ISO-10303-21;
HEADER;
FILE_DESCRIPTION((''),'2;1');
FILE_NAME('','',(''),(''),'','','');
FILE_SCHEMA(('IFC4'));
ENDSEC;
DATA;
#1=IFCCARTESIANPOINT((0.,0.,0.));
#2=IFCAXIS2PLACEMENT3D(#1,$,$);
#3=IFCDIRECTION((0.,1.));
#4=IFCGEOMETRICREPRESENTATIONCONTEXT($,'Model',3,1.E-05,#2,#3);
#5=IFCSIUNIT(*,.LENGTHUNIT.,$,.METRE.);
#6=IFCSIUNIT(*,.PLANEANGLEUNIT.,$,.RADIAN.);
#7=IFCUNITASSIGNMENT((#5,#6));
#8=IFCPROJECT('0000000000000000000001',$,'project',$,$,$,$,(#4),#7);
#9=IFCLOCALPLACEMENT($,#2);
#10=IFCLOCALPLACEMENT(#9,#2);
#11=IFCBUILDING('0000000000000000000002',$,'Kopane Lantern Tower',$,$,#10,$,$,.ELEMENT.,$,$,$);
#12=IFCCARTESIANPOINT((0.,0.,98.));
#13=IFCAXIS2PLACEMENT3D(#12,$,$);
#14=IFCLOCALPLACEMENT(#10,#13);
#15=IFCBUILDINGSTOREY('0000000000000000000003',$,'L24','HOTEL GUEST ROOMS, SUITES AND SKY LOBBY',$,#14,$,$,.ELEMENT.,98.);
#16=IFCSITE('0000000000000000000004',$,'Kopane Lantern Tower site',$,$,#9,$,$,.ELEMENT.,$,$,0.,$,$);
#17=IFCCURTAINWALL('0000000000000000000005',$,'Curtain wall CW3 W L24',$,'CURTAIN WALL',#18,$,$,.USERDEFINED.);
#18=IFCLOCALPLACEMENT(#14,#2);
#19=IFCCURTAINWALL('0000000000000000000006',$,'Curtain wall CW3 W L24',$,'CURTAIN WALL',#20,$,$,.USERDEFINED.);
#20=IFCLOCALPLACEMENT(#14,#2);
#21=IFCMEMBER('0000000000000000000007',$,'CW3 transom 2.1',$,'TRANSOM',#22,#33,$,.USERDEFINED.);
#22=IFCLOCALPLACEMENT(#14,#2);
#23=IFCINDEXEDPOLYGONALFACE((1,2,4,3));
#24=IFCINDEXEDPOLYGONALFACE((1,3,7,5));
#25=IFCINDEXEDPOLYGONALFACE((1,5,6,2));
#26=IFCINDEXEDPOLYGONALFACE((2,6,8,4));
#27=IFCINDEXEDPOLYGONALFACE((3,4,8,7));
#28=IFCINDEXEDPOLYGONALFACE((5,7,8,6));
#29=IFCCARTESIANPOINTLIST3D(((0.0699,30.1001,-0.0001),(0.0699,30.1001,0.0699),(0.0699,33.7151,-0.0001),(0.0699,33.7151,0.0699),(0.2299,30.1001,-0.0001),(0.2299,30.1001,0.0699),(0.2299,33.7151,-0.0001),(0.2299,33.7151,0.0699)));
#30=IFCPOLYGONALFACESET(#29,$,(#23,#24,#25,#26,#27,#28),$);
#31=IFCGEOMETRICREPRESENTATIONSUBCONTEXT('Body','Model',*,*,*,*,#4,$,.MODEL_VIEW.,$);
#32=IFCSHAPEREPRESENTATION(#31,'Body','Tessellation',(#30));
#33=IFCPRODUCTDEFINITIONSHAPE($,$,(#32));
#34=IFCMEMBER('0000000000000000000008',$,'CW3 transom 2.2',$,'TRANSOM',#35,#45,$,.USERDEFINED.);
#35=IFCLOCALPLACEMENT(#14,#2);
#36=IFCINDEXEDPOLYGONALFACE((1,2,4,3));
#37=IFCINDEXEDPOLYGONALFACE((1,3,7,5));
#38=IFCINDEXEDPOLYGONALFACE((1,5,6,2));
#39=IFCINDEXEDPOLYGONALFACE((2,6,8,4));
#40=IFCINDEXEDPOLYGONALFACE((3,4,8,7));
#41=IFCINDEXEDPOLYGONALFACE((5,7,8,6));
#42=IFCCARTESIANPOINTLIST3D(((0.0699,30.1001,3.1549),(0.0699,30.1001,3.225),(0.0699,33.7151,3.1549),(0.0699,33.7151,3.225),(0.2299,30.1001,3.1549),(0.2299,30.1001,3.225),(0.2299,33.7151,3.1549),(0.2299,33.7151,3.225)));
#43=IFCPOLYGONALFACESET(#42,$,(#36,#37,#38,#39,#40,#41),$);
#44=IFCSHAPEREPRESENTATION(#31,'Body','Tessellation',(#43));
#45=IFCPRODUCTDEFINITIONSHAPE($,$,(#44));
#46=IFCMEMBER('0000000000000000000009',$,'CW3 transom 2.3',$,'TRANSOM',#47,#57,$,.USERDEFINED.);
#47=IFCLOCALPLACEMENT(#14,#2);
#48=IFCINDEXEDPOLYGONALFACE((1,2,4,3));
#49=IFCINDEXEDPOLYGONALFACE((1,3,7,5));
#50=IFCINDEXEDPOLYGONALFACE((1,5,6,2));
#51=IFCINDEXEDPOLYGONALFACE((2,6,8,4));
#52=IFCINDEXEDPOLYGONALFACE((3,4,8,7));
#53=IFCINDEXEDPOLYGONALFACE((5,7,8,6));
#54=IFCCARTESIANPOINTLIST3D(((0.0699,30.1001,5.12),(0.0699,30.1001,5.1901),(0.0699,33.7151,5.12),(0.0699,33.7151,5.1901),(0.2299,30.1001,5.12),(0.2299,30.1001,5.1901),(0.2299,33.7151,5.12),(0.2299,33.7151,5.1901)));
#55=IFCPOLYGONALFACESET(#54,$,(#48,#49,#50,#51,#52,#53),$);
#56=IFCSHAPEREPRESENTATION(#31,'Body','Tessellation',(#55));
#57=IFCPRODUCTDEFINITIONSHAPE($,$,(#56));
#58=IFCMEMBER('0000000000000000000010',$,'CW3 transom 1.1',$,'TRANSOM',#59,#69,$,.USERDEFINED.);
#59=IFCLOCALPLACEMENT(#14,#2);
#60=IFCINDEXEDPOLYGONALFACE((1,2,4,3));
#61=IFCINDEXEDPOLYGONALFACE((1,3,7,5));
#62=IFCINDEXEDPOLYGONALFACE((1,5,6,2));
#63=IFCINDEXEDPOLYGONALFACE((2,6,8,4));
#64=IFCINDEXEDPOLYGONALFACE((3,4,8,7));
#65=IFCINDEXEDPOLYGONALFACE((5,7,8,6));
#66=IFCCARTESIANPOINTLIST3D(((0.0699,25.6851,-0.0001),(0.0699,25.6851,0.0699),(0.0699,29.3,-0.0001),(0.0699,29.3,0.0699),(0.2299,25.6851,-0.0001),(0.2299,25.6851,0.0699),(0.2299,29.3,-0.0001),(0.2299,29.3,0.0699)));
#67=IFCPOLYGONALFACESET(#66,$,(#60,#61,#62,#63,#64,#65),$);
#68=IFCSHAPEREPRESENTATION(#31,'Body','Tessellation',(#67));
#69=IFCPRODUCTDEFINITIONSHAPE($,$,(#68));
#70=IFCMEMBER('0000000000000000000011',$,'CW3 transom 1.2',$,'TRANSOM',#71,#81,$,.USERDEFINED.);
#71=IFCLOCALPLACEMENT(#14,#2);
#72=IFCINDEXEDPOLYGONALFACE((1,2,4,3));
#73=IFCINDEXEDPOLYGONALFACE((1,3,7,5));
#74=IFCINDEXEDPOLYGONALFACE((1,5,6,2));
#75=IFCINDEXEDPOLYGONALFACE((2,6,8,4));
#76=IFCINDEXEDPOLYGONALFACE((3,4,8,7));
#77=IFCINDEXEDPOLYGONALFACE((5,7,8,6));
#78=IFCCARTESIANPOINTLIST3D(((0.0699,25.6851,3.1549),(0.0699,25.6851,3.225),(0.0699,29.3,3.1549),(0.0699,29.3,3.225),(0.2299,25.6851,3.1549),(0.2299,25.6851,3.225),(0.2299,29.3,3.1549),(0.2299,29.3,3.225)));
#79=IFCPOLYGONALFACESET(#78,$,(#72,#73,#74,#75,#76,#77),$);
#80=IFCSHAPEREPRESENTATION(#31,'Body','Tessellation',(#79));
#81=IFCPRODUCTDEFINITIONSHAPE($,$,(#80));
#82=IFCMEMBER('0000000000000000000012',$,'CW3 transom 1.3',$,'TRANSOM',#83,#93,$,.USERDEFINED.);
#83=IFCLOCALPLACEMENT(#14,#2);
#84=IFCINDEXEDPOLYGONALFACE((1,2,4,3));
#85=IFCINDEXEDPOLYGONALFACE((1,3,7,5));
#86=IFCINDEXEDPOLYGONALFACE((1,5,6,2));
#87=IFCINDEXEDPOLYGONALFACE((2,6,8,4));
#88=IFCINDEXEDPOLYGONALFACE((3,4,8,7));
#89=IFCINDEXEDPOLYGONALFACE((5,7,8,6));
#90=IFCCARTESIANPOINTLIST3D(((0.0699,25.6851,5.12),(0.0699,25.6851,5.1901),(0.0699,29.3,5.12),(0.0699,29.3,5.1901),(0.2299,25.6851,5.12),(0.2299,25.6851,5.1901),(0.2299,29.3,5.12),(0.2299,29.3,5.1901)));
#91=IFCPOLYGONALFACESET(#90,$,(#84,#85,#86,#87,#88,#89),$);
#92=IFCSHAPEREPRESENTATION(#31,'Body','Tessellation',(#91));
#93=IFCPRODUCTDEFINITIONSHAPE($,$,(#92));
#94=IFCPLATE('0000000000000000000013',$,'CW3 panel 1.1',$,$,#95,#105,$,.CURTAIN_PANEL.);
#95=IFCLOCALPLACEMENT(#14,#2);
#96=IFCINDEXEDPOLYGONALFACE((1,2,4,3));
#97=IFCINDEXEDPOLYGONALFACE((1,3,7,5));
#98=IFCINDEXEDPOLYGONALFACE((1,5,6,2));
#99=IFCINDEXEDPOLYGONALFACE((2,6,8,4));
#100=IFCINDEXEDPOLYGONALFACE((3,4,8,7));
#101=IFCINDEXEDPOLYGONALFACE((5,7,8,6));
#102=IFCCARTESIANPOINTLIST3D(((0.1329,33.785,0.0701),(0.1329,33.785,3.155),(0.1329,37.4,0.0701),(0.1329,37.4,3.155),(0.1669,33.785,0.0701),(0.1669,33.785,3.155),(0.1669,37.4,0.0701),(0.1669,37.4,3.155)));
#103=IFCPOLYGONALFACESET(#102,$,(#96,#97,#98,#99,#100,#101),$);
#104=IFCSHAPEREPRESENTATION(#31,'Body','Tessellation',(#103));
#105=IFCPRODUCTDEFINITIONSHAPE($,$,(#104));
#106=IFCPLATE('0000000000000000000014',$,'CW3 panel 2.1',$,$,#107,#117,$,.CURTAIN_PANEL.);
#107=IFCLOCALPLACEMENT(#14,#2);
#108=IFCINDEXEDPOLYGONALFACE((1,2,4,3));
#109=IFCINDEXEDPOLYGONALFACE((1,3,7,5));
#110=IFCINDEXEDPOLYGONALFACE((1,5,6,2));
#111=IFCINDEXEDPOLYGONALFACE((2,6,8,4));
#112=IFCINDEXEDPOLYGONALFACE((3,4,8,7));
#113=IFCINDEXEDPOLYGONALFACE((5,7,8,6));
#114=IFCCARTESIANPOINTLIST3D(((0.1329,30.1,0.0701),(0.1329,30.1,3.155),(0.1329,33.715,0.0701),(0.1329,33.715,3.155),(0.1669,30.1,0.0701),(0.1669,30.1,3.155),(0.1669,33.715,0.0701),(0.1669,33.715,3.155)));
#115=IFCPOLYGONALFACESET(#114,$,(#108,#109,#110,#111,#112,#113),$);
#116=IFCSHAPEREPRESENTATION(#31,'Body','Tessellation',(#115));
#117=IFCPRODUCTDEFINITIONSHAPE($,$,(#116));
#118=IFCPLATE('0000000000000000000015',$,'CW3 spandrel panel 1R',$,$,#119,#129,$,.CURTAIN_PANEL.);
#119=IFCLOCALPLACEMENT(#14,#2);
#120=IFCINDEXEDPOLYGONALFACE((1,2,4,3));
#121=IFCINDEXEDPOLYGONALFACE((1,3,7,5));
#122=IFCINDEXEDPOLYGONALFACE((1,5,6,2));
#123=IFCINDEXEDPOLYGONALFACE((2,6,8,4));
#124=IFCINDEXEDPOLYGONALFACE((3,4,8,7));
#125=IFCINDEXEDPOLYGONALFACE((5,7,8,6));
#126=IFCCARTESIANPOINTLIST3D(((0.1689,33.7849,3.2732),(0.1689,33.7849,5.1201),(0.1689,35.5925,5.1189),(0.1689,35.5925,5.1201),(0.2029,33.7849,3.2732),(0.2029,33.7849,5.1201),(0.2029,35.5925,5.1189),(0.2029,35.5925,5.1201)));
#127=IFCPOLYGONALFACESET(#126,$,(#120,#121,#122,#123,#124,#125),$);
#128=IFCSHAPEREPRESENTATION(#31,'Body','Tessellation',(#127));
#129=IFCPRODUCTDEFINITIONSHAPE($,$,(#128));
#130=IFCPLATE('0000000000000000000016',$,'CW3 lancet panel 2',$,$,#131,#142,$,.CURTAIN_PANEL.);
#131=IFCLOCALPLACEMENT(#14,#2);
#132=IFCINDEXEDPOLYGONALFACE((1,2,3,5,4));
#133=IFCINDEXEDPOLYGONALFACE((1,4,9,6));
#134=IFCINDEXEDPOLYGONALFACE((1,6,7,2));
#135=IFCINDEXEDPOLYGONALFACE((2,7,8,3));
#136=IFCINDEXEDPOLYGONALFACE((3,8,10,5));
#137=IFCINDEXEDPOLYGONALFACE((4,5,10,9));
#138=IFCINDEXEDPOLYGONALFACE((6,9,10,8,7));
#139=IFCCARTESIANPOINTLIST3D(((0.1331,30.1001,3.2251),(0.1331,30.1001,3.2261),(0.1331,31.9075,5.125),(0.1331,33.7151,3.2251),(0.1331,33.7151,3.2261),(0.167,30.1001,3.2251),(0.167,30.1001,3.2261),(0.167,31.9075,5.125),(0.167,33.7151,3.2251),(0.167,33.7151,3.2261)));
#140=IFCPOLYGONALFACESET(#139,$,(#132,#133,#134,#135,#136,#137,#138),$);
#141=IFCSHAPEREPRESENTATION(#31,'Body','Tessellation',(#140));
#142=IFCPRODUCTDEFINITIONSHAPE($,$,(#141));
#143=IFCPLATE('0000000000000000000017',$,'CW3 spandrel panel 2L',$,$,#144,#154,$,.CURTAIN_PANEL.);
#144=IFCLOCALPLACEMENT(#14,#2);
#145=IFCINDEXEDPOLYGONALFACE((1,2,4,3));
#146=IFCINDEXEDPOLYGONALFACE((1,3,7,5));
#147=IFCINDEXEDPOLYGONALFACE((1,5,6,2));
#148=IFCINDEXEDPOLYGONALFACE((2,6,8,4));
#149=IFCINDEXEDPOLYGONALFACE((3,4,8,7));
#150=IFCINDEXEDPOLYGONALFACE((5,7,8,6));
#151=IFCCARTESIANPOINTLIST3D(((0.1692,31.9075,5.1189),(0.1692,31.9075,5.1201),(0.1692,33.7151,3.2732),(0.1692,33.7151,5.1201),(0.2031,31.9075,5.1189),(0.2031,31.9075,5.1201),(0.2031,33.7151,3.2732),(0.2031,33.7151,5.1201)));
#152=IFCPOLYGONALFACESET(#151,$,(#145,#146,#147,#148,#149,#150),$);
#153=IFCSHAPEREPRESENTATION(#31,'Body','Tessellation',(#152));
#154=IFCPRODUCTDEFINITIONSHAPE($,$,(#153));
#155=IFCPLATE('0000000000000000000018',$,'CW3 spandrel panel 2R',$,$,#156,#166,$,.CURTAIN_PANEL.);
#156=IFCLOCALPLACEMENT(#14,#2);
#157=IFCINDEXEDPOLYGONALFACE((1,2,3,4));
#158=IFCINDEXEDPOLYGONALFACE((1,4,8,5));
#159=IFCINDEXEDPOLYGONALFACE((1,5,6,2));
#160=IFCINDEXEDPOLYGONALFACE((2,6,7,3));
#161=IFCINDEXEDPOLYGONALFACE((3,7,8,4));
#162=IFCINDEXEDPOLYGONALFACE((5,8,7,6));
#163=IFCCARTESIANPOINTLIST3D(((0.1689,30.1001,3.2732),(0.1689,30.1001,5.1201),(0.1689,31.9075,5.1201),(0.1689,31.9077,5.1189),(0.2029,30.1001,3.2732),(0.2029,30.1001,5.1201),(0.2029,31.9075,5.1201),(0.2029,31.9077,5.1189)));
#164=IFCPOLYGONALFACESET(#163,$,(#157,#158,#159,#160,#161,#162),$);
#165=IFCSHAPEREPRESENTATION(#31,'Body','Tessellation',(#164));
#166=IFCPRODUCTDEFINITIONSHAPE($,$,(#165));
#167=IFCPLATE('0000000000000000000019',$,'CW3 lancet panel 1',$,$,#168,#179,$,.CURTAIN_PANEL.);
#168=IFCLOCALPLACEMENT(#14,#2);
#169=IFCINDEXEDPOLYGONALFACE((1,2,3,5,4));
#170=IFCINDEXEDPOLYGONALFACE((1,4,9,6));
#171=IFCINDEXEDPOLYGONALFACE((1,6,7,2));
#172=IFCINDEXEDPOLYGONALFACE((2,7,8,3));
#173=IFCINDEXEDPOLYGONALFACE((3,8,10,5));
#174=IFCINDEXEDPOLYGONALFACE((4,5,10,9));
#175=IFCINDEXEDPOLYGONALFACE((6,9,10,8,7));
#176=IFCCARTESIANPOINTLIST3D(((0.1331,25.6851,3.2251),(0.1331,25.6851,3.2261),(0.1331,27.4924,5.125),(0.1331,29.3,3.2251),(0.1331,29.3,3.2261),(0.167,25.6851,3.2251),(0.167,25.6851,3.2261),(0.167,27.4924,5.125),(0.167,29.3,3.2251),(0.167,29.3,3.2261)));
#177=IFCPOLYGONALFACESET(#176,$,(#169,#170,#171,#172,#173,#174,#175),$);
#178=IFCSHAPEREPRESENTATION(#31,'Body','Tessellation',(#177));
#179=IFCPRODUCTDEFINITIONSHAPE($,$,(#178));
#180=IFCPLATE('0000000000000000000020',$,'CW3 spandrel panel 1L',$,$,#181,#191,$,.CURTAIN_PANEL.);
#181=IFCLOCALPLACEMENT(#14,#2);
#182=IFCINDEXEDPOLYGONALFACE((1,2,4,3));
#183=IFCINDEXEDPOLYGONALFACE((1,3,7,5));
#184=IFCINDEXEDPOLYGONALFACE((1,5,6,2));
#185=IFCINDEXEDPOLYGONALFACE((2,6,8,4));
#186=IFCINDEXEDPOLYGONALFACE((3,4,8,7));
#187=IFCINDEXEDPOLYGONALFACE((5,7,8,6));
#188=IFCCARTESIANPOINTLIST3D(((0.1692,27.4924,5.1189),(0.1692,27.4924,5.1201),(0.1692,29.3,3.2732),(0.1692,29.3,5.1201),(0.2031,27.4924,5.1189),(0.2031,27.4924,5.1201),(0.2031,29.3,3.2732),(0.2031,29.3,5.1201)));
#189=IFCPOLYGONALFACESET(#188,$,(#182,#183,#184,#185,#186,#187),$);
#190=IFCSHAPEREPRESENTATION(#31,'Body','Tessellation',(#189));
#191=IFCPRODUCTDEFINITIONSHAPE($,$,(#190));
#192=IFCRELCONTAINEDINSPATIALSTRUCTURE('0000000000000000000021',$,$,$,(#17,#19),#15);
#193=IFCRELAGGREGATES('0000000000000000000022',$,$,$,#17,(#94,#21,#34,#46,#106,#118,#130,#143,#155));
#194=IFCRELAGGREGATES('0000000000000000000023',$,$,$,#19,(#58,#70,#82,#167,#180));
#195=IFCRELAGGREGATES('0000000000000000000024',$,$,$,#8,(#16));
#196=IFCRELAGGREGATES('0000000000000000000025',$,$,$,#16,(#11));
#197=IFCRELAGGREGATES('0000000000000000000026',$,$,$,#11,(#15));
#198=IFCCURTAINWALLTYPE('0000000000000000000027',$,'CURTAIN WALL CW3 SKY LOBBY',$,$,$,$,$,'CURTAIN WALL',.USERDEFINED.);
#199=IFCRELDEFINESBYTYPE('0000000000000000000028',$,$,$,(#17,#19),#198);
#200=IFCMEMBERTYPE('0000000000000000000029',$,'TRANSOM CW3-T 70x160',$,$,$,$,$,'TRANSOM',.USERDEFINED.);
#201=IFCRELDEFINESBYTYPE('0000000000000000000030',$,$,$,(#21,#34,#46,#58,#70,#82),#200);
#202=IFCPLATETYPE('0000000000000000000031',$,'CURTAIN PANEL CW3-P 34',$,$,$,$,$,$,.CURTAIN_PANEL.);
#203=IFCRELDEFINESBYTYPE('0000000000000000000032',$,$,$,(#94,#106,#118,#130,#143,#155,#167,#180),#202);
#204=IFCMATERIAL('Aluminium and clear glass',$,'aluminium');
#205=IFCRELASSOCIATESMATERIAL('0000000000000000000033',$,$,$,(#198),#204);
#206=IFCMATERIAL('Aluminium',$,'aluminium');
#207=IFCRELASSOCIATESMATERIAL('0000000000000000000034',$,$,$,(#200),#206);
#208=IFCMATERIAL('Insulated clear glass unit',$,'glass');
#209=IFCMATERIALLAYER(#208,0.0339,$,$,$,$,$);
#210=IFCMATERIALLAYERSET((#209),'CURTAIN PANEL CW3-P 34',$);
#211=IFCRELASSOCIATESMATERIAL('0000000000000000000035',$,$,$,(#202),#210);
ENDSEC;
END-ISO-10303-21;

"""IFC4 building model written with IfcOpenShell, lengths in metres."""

from ifc_helpers import new_model, si_unit, direction, frame, origin, origin_2d, place, context, subcontext, project, spatial, polyline, rectangle, outline, extrude, material, layer, layer_set, material_profile, profile_set, type_object, element, aggregate, save


model = new_model("IFC4")

# Units and contexts
model_context = context("Model", 3, precision=1e-05, world=origin(), true_north=direction((0.0, 1.0)))
body_context = subcontext(model_context, "Body", "Model", "MODEL_VIEW")
ifc_project = project(units=[si_unit("LENGTHUNIT", "METRE"), si_unit("PLANEANGLEUNIT", "RADIAN")], contexts=[model_context])

# Site, building, storey
site_placement = place(None, origin())
site = spatial("IfcSite", under=ifc_project, at=site_placement, Name="Kopane Lantern Tower site", CompositionType="ELEMENT", RefElevation=0.0)
building_placement = place(site_placement, origin())
building = spatial("IfcBuilding", under=site, at=building_placement, Name="Kopane Lantern Tower", CompositionType="ELEMENT")
storey_placement = place(building_placement, frame((0.0, 0.0, 98.0)))
storey = spatial("IfcBuildingStorey", under=building, at=storey_placement, Name="L24", Description="HOTEL GUEST ROOMS, SUITES AND SKY LOBBY", CompositionType="ELEMENT", Elevation=98.0)

# Curtain walls
ifc_material_1 = material(Name="Aluminium and clear glass", Category="aluminium")
curtain_wall_type = type_object("IfcCurtainWallType", Name="CURTAIN WALL CW3 SKY LOBBY", ElementType="CURTAIN WALL", PredefinedType="USERDEFINED", material=ifc_material_1)
curtain_wall_1_placement = place(storey_placement, origin())
curtain_wall_1 = element("IfcCurtainWall", 1, at=curtain_wall_1_placement, inside=storey, type_object=curtain_wall_type, Name="Curtain wall CW3 W L24", ObjectType="CURTAIN WALL", PredefinedType="USERDEFINED")
curtain_wall_2_placement = place(storey_placement, origin())
curtain_wall_2 = element("IfcCurtainWall", 2, at=curtain_wall_2_placement, inside=storey, type_object=curtain_wall_type, Name="Curtain wall CW3 W L24", ObjectType="CURTAIN WALL", PredefinedType="USERDEFINED")

# Members
ifc_material_2 = material(Name="Aluminium", Category="aluminium")
ifc_material_profile_1 = material_profile(ifc_material_2, rectangle(XDim=0.1599, YDim=0.0701, at=origin_2d()), Name="AL 160x70")
ifc_profile_set_1 = profile_set([ifc_material_profile_1], Name="Aluminium")
member_type_1 = type_object("IfcMemberType", Name="TRANSOM CW3-T 70x160", ElementType="TRANSOM", PredefinedType="USERDEFINED", material=ifc_profile_set_1)
member_1_placement = place(storey_placement, frame((0.1499, 33.7151, 0.0349), z_axis=(0.0, -1.0, 0.0), x_axis=(1.0, 0.0, 0.0)))
member_1 = element("IfcMember", 3, at=member_1_placement, type_object=member_type_1, Name="CW3 transom 2.1", ObjectType="TRANSOM", PredefinedType="USERDEFINED", context=body_context, shape_type="SweptSolid", body=[
    extrude(rectangle(XDim=0.1599, YDim=0.0701, at=origin_2d()), origin(), (0.0, 0.0, 1.0), 3.615),
])
member_2_placement = place(storey_placement, frame((0.1499, 33.7151, 3.1899), z_axis=(0.0, -1.0, 0.0), x_axis=(1.0, 0.0, 0.0)))
member_2 = element("IfcMember", 4, at=member_2_placement, type_object=member_type_1, Name="CW3 transom 2.2", ObjectType="TRANSOM", PredefinedType="USERDEFINED", context=body_context, shape_type="SweptSolid", body=[
    extrude(rectangle(XDim=0.1599, YDim=0.0701, at=origin_2d()), origin(), (0.0, 0.0, 1.0), 3.615),
])
member_3_placement = place(storey_placement, frame((0.1499, 33.7151, 5.155), z_axis=(0.0, -1.0, 0.0), x_axis=(1.0, 0.0, 0.0)))
member_3 = element("IfcMember", 5, at=member_3_placement, type_object=member_type_1, Name="CW3 transom 2.3", ObjectType="TRANSOM", PredefinedType="USERDEFINED", context=body_context, shape_type="SweptSolid", body=[
    extrude(rectangle(XDim=0.1599, YDim=0.0701, at=origin_2d()), origin(), (0.0, 0.0, 1.0), 3.615),
])
member_4_placement = place(storey_placement, frame((0.1499, 29.3, 0.0349), z_axis=(0.0, -1.0, 0.0), x_axis=(1.0, 0.0, 0.0)))
member_4 = element("IfcMember", 6, at=member_4_placement, type_object=member_type_1, Name="CW3 transom 1.1", ObjectType="TRANSOM", PredefinedType="USERDEFINED", context=body_context, shape_type="SweptSolid", body=[
    extrude(rectangle(XDim=0.1599, YDim=0.0701, at=origin_2d()), origin(), (0.0, 0.0, 1.0), 3.615),
])
member_5_placement = place(storey_placement, frame((0.1499, 29.3, 3.1899), z_axis=(0.0, -1.0, 0.0), x_axis=(1.0, 0.0, 0.0)))
member_5 = element("IfcMember", 7, at=member_5_placement, type_object=member_type_1, Name="CW3 transom 1.2", ObjectType="TRANSOM", PredefinedType="USERDEFINED", context=body_context, shape_type="SweptSolid", body=[
    extrude(rectangle(XDim=0.1599, YDim=0.0701, at=origin_2d()), origin(), (0.0, 0.0, 1.0), 3.615),
])
member_6_placement = place(storey_placement, frame((0.1499, 29.3, 5.155), z_axis=(0.0, -1.0, 0.0), x_axis=(1.0, 0.0, 0.0)))
member_6 = element("IfcMember", 8, at=member_6_placement, type_object=member_type_1, Name="CW3 transom 1.3", ObjectType="TRANSOM", PredefinedType="USERDEFINED", context=body_context, shape_type="SweptSolid", body=[
    extrude(rectangle(XDim=0.1599, YDim=0.0701, at=origin_2d()), origin(), (0.0, 0.0, 1.0), 3.615),
])

# Plates
ifc_material_3 = material(Name="Insulated clear glass unit", Category="glass")
ifc_layer_1 = layer(ifc_material_3, 0.0339)
ifc_layer_set_1 = layer_set([ifc_layer_1], Name="CURTAIN PANEL CW3-P 34")
plate_type = type_object("IfcPlateType", Name="CURTAIN PANEL CW3-P 34", PredefinedType="CURTAIN_PANEL", material=ifc_layer_set_1)
plate_1_placement = place(storey_placement, frame((0.1499, 35.5925, 0.0701), z_axis=(0.0, 0.0, 1.0), x_axis=(0.0, -1.0, 0.0)))
plate_1 = element("IfcPlate", 9, at=plate_1_placement, type_object=plate_type, Name="CW3 panel 1.1", PredefinedType="CURTAIN_PANEL", context=body_context, shape_type="SweptSolid", body=[
    extrude(rectangle(XDim=3.615, YDim=0.0339, at=origin_2d()), origin(), (0.0, 0.0, 1.0), 3.085),
])
plate_2_placement = place(storey_placement, frame((0.1499, 31.9075, 0.0701), z_axis=(0.0, 0.0, 1.0), x_axis=(0.0, -1.0, 0.0)))
plate_2 = element("IfcPlate", 10, at=plate_2_placement, type_object=plate_type, Name="CW3 panel 2.1", PredefinedType="CURTAIN_PANEL", context=body_context, shape_type="SweptSolid", body=[
    extrude(rectangle(XDim=3.615, YDim=0.0339, at=origin_2d()), origin(), (0.0, 0.0, 1.0), 3.085),
])
plate_3_placement = place(storey_placement, frame((0.186, 33.7849, 5.1201), z_axis=(0.0, 0.0, 1.0), x_axis=(0.0, 1.0, 0.0)))
plate_3 = element("IfcPlate", 11, at=plate_3_placement, type_object=plate_type, Name="CW3 spandrel panel 1R", PredefinedType="CURTAIN_PANEL", context=body_context, shape_type="SweptSolid", body=[
    extrude(outline(polyline([(0.0, 0.0), (1.8076, 0.0), (1.8076, -0.0012), (0.0, -1.8469), (0.0, 0.0)])), frame((0.0, 0.0171, 0.0), z_axis=(0.0, -1.0, 0.0), x_axis=(1.0, 0.0, 0.0)), (0.0, 0.0, 1.0), 0.0339),
])
plate_4_placement = place(storey_placement, frame((0.1499, 33.7151, 3.2251), z_axis=(0.0, 0.0, 1.0), x_axis=(0.0, -1.0, 0.0)))
plate_4 = element("IfcPlate", 12, at=plate_4_placement, type_object=plate_type, Name="CW3 lancet panel 2", PredefinedType="CURTAIN_PANEL", context=body_context, shape_type="SweptSolid", body=[
    extrude(outline(polyline([(0.0, 0.0), (3.615, 0.0), (3.615, 0.001), (1.8076, 1.8999), (0.0, 0.001), (0.0, 0.0)])), frame((0.0, 0.0171, 0.0), z_axis=(0.0, -1.0, 0.0), x_axis=(1.0, 0.0, 0.0)), (0.0, 0.0, 1.0), 0.0339),
])
plate_5_placement = place(storey_placement, frame((0.186, 33.7151, 5.1201), z_axis=(0.0, 0.0, 1.0), x_axis=(0.0, -1.0, 0.0)))
plate_5 = element("IfcPlate", 13, at=plate_5_placement, type_object=plate_type, Name="CW3 spandrel panel 2L", PredefinedType="CURTAIN_PANEL", context=body_context, shape_type="SweptSolid", body=[
    extrude(outline(polyline([(0.0, 0.0), (1.8076, 0.0), (1.8076, -0.0012), (0.0, -1.8469), (0.0, 0.0)])), frame((0.0, 0.0171, 0.0), z_axis=(0.0, -1.0, 0.0), x_axis=(1.0, 0.0, 0.0)), (0.0, 0.0, 1.0), 0.0339),
])
plate_6_placement = place(storey_placement, frame((0.186, 30.1001, 5.1201), z_axis=(0.0, 0.0, 1.0), x_axis=(0.0, 1.0, 0.0)))
plate_6 = element("IfcPlate", 14, at=plate_6_placement, type_object=plate_type, Name="CW3 spandrel panel 2R", PredefinedType="CURTAIN_PANEL", context=body_context, shape_type="SweptSolid", body=[
    extrude(outline(polyline([(0.0, 0.0), (1.8074, 0.0), (1.8076, -0.0012), (0.0, -1.8469), (0.0, 0.0)])), frame((0.0, 0.0171, 0.0), z_axis=(0.0, -1.0, 0.0), x_axis=(1.0, 0.0, 0.0)), (0.0, 0.0, 1.0), 0.0339),
])
aggregate(curtain_wall_1, [plate_1, member_1, member_2, member_3, plate_2, plate_3, plate_4, plate_5, plate_6])
plate_7_placement = place(storey_placement, frame((0.1499, 29.3, 3.2251), z_axis=(0.0, 0.0, 1.0), x_axis=(0.0, -1.0, 0.0)))
plate_7 = element("IfcPlate", 15, at=plate_7_placement, type_object=plate_type, Name="CW3 lancet panel 1", PredefinedType="CURTAIN_PANEL", context=body_context, shape_type="SweptSolid", body=[
    extrude(outline(polyline([(0.0, 0.0), (3.615, 0.0), (3.615, 0.001), (1.8076, 1.8999), (0.0, 0.001), (0.0, 0.0)])), frame((0.0, 0.0171, 0.0), z_axis=(0.0, -1.0, 0.0), x_axis=(1.0, 0.0, 0.0)), (0.0, 0.0, 1.0), 0.0339),
])
plate_8_placement = place(storey_placement, frame((0.186, 29.3, 5.1201), z_axis=(0.0, 0.0, 1.0), x_axis=(0.0, -1.0, 0.0)))
plate_8 = element("IfcPlate", 16, at=plate_8_placement, type_object=plate_type, Name="CW3 spandrel panel 1L", PredefinedType="CURTAIN_PANEL", context=body_context, shape_type="SweptSolid", body=[
    extrude(outline(polyline([(0.0, 0.0), (1.8076, 0.0), (1.8076, -0.0012), (0.0, -1.8469), (0.0, 0.0)])), frame((0.0, 0.0171, 0.0), z_axis=(0.0, -1.0, 0.0), x_axis=(1.0, 0.0, 0.0)), (0.0, 0.0, 1.0), 0.0339),
])
aggregate(curtain_wall_2, [member_4, member_5, member_6, plate_7, plate_8])

save(model, "model.ifc")
